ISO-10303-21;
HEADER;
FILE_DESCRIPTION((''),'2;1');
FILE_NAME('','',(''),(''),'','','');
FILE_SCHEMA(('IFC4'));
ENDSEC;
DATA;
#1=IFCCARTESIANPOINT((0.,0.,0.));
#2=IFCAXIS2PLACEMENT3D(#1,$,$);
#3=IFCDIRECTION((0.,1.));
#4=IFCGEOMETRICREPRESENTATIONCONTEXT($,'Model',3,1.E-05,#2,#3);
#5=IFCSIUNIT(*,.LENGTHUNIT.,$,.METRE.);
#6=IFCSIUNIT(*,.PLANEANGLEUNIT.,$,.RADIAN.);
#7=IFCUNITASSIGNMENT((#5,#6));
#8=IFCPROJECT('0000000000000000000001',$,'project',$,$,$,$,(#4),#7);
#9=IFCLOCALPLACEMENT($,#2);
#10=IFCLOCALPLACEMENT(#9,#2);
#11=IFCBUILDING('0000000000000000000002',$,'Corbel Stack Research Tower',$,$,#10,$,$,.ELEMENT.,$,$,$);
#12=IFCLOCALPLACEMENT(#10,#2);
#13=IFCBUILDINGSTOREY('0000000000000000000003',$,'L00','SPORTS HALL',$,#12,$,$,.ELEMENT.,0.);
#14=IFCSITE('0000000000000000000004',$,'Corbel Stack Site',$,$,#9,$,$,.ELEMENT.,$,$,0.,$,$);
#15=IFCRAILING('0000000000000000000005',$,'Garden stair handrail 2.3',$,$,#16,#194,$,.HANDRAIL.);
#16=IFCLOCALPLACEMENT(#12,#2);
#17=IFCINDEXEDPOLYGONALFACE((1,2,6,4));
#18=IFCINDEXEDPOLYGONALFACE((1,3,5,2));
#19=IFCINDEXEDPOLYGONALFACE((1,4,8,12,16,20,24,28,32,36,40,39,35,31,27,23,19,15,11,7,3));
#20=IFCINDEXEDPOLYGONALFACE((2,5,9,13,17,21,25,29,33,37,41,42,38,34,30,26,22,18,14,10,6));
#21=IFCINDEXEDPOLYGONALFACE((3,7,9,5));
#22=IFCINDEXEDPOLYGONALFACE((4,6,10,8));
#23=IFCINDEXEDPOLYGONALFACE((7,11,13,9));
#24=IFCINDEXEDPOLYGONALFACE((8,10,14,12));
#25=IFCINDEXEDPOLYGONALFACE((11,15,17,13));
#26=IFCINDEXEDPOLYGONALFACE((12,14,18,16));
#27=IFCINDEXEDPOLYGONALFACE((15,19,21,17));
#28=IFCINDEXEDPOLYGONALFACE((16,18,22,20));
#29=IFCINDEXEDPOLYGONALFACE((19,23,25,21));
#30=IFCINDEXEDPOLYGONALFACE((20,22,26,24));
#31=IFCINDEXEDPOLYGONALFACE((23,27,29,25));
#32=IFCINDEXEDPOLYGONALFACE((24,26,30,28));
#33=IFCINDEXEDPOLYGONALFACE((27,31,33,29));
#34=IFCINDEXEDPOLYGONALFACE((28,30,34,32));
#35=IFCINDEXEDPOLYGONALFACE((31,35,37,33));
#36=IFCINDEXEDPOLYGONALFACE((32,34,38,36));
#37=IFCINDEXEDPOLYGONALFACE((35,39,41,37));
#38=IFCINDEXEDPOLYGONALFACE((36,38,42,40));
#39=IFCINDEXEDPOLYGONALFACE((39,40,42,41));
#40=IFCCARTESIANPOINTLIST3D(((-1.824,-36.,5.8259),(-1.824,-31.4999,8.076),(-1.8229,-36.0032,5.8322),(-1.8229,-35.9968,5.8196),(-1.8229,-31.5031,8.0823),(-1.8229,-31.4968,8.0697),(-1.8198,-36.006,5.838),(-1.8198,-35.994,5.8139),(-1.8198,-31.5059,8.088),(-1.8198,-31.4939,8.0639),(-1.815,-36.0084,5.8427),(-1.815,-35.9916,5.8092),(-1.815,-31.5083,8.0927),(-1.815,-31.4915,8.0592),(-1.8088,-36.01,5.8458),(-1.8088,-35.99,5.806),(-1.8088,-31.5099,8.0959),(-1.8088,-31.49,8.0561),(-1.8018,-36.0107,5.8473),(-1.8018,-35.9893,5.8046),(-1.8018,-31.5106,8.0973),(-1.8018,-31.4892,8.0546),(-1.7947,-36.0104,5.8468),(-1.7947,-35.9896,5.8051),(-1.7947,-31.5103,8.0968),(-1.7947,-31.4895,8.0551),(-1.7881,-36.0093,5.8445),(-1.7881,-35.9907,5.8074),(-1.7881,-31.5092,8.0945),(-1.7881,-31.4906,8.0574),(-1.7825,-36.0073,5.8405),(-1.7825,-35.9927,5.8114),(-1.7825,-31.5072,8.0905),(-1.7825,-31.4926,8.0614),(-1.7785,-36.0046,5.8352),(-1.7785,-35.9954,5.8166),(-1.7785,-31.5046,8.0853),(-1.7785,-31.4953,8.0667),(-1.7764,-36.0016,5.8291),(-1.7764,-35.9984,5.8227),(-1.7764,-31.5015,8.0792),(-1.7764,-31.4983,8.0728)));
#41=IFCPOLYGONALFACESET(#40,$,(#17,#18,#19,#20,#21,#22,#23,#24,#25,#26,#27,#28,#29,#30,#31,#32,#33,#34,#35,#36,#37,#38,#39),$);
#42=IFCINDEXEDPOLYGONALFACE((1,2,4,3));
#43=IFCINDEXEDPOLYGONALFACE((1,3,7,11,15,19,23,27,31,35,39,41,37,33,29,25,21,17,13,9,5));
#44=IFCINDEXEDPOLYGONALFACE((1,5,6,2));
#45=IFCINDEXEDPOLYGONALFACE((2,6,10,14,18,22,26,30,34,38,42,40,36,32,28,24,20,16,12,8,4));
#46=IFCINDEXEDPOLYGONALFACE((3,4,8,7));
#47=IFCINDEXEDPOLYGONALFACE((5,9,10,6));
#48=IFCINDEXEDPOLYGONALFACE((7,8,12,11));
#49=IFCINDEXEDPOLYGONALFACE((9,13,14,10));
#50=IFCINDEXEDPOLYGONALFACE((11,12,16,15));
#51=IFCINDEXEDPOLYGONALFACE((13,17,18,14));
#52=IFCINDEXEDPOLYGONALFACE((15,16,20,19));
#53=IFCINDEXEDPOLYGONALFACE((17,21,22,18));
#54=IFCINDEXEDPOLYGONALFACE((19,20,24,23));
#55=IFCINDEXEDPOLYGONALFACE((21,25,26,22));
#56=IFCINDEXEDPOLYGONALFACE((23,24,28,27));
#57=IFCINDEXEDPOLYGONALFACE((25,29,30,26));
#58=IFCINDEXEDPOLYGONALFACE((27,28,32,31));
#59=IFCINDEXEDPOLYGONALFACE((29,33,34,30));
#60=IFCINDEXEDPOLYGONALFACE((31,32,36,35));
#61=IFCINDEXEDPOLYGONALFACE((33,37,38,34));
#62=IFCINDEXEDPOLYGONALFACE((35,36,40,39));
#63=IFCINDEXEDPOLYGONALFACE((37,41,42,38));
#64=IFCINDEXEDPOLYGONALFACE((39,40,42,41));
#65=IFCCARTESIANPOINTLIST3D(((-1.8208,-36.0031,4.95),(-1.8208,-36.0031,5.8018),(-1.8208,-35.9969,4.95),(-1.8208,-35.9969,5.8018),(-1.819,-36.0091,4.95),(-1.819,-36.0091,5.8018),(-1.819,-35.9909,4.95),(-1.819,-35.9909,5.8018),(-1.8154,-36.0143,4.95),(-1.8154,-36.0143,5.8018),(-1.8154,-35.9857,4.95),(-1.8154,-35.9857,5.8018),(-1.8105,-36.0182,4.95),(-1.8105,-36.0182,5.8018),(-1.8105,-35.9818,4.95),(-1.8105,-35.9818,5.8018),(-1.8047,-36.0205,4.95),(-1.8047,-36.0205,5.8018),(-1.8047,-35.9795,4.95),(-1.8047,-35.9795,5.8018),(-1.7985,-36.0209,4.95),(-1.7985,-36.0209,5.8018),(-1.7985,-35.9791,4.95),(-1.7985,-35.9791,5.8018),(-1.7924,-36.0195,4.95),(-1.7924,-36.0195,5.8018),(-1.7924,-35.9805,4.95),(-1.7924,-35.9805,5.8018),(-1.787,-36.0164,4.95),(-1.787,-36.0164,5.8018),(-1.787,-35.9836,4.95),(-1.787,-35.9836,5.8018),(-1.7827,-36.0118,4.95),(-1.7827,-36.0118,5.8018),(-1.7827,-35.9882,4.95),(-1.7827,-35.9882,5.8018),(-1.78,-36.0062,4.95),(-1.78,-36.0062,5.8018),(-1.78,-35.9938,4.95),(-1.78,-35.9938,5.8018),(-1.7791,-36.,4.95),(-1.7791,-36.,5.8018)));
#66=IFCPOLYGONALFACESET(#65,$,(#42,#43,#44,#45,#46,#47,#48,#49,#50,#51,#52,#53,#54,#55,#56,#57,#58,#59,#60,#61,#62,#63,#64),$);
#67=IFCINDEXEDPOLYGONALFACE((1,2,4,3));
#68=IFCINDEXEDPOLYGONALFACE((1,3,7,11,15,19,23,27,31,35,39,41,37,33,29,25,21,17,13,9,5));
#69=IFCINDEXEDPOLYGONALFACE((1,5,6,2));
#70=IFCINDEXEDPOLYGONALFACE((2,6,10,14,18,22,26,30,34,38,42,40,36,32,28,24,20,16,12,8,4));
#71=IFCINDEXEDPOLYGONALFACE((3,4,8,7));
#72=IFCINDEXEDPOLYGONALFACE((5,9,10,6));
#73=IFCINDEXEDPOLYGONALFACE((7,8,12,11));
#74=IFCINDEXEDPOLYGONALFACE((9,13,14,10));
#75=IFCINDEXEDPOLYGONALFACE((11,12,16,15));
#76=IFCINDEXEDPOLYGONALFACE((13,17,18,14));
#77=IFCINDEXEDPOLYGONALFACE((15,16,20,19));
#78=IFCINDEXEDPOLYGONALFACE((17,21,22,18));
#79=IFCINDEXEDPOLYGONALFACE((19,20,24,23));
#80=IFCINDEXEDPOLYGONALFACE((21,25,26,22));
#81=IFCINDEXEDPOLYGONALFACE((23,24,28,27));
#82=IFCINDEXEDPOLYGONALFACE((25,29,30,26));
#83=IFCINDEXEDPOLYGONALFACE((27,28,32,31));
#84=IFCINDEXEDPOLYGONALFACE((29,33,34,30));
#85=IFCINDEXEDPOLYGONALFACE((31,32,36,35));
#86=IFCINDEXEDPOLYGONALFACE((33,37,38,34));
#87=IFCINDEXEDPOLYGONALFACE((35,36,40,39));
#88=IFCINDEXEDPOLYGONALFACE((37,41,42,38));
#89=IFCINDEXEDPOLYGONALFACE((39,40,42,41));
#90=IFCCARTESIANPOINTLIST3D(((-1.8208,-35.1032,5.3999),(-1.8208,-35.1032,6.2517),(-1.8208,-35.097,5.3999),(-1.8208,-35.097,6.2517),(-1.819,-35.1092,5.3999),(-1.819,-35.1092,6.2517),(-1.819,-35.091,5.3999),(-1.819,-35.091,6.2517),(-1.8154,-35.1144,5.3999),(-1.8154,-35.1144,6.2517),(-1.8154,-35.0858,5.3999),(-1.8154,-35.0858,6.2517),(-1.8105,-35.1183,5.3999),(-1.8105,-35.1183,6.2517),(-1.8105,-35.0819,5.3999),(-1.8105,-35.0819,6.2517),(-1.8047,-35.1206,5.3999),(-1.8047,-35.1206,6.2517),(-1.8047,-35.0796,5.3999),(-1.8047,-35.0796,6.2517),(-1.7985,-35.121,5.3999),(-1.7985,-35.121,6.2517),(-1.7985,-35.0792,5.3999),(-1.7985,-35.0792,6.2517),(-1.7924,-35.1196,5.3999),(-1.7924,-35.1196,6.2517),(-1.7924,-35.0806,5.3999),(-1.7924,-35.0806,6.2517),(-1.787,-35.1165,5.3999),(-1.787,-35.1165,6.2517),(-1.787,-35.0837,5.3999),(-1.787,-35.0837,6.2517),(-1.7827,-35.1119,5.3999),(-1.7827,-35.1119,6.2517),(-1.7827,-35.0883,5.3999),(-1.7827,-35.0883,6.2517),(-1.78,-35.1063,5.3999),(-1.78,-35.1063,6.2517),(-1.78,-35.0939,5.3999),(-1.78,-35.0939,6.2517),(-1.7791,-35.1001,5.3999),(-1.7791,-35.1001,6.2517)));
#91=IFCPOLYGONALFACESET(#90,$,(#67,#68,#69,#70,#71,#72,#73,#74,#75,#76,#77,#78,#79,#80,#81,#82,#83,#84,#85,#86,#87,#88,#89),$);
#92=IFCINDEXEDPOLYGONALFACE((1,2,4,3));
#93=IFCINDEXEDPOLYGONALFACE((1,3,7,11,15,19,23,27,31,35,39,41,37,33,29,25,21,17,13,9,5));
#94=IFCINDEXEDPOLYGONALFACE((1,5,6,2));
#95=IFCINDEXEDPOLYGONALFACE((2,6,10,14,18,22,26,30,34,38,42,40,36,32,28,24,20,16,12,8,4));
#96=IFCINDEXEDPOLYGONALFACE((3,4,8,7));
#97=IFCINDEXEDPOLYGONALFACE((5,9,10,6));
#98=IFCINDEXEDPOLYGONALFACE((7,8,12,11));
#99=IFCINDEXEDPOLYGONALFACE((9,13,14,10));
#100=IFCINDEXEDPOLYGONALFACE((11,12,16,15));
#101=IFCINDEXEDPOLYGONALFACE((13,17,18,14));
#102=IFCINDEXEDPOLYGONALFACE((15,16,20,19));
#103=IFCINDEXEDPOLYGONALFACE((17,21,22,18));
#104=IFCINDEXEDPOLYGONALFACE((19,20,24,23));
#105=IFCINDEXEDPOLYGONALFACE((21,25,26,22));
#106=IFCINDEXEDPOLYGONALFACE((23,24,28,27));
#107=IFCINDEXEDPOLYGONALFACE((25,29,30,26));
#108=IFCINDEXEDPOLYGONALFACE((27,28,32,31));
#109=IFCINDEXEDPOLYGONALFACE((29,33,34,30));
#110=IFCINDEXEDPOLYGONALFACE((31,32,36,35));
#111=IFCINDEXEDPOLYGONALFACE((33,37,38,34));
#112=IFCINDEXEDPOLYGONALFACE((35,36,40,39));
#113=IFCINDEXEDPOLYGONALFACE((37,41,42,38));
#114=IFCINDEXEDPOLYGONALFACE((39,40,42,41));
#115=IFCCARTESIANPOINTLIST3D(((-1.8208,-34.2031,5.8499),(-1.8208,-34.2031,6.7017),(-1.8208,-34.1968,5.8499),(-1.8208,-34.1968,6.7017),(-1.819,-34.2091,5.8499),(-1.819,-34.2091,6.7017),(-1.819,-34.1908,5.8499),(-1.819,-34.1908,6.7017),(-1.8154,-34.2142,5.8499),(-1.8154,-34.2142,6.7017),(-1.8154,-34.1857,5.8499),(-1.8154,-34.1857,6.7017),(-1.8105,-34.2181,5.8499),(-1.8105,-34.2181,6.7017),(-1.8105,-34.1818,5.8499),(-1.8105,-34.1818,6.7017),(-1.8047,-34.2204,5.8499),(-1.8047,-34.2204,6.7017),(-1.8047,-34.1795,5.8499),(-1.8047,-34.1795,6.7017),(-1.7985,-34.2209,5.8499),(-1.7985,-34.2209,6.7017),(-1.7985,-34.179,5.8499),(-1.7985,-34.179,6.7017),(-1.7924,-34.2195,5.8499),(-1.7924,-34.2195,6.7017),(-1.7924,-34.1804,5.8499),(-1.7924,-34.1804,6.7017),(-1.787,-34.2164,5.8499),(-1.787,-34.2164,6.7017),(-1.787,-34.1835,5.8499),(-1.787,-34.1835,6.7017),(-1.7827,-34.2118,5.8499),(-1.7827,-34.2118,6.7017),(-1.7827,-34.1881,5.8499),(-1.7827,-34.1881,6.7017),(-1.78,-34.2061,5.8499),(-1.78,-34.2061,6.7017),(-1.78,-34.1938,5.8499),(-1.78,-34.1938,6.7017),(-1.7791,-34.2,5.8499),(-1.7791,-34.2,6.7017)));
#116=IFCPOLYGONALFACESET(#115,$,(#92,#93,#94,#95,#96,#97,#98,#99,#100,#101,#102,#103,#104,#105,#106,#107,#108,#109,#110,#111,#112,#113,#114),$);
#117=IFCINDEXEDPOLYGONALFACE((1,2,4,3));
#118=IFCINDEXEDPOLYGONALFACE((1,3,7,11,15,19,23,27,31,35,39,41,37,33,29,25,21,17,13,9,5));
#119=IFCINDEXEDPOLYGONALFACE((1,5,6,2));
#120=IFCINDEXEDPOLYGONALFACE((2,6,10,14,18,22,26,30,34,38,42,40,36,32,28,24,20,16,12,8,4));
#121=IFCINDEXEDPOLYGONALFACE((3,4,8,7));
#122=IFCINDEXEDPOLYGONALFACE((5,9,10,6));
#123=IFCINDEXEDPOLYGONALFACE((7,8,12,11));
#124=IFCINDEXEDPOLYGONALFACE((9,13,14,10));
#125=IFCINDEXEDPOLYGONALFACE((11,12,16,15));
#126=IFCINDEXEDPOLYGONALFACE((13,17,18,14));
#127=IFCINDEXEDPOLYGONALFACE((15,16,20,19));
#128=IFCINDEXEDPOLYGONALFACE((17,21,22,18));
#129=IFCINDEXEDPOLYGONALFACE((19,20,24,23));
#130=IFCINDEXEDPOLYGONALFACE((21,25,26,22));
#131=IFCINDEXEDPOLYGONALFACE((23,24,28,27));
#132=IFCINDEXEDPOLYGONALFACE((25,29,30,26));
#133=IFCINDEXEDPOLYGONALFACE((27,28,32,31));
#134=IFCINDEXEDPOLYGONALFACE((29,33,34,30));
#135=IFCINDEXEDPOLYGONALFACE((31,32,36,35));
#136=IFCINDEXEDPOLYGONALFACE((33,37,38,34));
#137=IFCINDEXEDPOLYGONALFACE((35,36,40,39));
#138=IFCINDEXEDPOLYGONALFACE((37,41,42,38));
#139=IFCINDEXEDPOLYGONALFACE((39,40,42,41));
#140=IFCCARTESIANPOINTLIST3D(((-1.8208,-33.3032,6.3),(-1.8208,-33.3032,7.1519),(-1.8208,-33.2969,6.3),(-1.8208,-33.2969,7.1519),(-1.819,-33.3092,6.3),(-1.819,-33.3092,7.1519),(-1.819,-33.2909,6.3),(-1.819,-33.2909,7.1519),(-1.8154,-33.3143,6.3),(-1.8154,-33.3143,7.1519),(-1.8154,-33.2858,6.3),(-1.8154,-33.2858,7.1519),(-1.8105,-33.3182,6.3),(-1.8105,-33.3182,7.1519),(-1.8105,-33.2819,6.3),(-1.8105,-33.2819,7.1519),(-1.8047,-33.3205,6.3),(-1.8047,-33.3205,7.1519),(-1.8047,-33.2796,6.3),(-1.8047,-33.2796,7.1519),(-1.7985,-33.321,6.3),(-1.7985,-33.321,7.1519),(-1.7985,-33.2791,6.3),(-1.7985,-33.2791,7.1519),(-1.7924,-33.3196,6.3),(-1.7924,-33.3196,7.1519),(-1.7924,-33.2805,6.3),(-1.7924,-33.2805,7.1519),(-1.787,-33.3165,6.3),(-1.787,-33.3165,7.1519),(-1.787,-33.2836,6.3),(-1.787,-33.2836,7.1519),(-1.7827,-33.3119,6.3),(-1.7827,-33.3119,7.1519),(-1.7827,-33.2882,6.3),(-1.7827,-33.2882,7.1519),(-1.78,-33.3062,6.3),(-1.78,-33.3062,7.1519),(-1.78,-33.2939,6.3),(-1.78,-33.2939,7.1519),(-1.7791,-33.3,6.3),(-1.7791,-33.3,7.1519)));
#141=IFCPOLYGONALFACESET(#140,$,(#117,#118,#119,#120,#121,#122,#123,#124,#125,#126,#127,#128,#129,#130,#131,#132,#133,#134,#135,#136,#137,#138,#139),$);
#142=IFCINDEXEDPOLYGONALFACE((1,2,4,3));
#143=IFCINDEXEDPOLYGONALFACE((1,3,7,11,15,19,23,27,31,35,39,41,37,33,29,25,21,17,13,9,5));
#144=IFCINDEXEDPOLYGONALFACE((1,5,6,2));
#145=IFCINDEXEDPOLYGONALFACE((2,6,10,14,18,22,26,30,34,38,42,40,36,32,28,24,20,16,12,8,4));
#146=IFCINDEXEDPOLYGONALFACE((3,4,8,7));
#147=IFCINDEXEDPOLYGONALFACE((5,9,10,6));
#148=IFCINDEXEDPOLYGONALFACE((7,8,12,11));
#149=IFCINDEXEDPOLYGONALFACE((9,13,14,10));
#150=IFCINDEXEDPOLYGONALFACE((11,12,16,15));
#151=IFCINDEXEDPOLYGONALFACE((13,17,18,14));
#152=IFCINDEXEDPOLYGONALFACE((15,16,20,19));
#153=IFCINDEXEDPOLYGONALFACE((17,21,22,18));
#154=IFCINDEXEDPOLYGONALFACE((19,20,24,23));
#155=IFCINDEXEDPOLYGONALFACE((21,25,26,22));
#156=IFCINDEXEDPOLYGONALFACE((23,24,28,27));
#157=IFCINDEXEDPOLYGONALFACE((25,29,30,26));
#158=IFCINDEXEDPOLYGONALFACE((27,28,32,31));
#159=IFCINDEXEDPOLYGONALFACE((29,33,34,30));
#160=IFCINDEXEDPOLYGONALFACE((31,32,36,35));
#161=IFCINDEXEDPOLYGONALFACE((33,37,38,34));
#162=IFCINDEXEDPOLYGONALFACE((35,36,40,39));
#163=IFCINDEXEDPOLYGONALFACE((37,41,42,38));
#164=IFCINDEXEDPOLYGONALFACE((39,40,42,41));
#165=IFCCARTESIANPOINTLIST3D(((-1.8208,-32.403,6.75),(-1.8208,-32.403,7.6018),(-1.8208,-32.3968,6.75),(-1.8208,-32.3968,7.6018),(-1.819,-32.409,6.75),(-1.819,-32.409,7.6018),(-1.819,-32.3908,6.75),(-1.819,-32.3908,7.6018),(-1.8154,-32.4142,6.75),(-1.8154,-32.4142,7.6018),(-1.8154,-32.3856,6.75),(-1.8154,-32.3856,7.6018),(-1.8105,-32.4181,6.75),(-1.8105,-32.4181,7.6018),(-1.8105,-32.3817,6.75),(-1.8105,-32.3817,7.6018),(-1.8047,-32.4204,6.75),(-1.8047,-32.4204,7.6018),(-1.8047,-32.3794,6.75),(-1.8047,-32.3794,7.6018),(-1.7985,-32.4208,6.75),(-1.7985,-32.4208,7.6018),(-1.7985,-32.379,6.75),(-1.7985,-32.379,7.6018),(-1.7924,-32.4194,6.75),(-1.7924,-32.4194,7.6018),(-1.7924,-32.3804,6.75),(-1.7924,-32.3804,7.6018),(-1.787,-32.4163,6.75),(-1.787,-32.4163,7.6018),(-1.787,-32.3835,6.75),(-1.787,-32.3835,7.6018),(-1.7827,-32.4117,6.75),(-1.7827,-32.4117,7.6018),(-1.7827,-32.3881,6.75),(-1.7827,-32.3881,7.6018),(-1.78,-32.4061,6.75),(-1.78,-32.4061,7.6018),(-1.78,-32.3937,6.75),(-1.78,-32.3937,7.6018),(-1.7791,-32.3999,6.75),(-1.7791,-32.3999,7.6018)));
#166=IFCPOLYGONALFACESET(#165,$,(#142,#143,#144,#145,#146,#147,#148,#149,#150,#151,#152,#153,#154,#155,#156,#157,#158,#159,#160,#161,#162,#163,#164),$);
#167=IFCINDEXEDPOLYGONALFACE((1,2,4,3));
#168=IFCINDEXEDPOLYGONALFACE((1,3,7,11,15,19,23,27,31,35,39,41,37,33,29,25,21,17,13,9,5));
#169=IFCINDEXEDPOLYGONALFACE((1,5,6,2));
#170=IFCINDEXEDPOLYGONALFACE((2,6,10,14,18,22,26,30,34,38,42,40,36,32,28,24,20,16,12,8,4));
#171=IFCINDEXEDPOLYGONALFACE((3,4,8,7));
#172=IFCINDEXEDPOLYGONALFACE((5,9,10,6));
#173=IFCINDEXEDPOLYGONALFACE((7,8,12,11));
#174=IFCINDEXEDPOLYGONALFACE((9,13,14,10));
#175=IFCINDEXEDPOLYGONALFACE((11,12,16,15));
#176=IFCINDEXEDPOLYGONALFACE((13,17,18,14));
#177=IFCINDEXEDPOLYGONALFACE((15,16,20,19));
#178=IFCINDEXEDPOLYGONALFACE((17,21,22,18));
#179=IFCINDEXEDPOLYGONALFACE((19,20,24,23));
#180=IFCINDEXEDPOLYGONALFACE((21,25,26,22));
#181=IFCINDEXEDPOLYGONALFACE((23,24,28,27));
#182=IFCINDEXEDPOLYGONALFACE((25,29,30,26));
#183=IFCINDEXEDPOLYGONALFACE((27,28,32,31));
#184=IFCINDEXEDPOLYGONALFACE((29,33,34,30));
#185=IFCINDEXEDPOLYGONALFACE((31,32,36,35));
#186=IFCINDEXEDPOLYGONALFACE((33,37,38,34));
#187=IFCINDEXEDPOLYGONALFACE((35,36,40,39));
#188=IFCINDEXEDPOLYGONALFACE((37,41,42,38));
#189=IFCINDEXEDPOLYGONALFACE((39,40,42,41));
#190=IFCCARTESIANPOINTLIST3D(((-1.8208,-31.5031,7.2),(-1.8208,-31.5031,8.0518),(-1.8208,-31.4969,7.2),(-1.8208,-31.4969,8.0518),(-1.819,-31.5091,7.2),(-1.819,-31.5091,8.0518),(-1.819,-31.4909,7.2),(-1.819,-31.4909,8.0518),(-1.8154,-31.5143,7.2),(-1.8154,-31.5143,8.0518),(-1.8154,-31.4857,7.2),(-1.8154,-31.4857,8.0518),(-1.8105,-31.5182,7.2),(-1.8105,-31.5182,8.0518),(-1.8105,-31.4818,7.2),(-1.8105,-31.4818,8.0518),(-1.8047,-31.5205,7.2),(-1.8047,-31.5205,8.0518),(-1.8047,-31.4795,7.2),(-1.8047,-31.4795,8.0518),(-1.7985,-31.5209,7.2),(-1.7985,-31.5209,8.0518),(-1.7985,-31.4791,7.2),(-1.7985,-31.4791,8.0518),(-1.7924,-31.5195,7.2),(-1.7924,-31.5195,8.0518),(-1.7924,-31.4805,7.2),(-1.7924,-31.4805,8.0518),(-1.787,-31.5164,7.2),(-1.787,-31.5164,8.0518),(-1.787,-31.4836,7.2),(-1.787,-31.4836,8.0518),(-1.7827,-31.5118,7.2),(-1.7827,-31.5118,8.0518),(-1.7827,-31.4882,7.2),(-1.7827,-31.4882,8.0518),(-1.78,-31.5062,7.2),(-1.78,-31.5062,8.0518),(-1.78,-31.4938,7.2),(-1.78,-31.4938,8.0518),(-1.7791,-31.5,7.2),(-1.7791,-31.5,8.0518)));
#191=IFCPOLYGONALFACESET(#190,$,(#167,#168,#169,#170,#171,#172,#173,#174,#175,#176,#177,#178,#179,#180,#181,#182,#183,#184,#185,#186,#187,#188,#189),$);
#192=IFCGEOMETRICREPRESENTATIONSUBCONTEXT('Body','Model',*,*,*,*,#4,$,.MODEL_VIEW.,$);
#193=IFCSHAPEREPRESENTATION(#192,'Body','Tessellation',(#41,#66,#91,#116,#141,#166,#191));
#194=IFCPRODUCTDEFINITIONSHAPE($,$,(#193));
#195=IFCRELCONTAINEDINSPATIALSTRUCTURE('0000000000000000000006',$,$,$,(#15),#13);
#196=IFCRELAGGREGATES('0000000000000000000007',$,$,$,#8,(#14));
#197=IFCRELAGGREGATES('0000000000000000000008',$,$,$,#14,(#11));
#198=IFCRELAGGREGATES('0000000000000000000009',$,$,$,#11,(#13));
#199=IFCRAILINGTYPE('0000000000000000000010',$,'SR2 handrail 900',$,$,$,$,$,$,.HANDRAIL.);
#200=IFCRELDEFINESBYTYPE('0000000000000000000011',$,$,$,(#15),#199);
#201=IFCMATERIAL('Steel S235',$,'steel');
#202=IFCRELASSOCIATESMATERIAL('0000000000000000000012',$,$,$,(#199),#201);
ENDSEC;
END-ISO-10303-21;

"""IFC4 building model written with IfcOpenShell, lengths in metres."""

from ifc_helpers import new_model, si_unit, direction, frame, origin, origin_2d, place, context, subcontext, project, spatial, circle, extrude, material, type_object, element, save


model = new_model("IFC4")

# Units and contexts
model_context = context("Model", 3, precision=1e-05, world=origin(), true_north=direction((0.0, 1.0)))
body_context = subcontext(model_context, "Body", "Model", "MODEL_VIEW")
ifc_project = project(units=[si_unit("LENGTHUNIT", "METRE"), si_unit("PLANEANGLEUNIT", "RADIAN")], contexts=[model_context])

# Site, building, storey
site_placement = place(None, origin())
site = spatial("IfcSite", under=ifc_project, at=site_placement, Name="Corbel Stack Site", CompositionType="ELEMENT", RefElevation=0.0)
building_placement = place(site_placement, origin())
building = spatial("IfcBuilding", under=site, at=building_placement, Name="Corbel Stack Research Tower", CompositionType="ELEMENT")
storey_placement = place(building_placement, origin())
storey = spatial("IfcBuildingStorey", under=building, at=storey_placement, Name="L00", Description="SPORTS HALL", CompositionType="ELEMENT", Elevation=0.0)

# Railing
ifc_material_1 = material(Name="Steel S235", Category="steel")
railing_type = type_object("IfcRailingType", Name="SR2 handrail 900", PredefinedType="HANDRAIL", material=ifc_material_1)
railing_1_placement = place(storey_placement, frame((-1.8, -36.0, 4.95)))
element("IfcRailing", 1, at=railing_1_placement, inside=storey, type_object=railing_type, Name="Garden stair handrail 2.3", PredefinedType="HANDRAIL", context=body_context, shape_type="SweptSolid", body=[
    extrude(circle(Radius=0.0239, at=origin_2d()), frame((0.0, 0.0, 0.876), z_axis=(0.0, 0.894427, 0.447214), x_axis=(-1.0, 0.0, 0.0)), (0.0, 0.0, 1.0), 5.0312),
    extrude(circle(Radius=0.021, at=origin_2d()), origin(), (0.0, 0.0, 1.0), 0.8518),
    extrude(circle(Radius=0.021, at=origin_2d()), frame((0.0, 0.8999, 0.45)), (0.0, 0.0, 1.0), 0.8518),
    extrude(circle(Radius=0.021, at=origin_2d()), frame((0.0, 1.8, 0.8999)), (0.0, 0.0, 1.0), 0.8518),
    extrude(circle(Radius=0.021, at=origin_2d()), frame((0.0, 2.7, 1.3501)), (0.0, 0.0, 1.0), 0.8518),
    extrude(circle(Radius=0.021, at=origin_2d()), frame((0.0, 3.6001, 1.8)), (0.0, 0.0, 1.0), 0.8518),
    extrude(circle(Radius=0.021, at=origin_2d()), frame((0.0, 4.5, 2.25)), (0.0, 0.0, 1.0), 0.8518),
])

save(model, "model.ifc")
